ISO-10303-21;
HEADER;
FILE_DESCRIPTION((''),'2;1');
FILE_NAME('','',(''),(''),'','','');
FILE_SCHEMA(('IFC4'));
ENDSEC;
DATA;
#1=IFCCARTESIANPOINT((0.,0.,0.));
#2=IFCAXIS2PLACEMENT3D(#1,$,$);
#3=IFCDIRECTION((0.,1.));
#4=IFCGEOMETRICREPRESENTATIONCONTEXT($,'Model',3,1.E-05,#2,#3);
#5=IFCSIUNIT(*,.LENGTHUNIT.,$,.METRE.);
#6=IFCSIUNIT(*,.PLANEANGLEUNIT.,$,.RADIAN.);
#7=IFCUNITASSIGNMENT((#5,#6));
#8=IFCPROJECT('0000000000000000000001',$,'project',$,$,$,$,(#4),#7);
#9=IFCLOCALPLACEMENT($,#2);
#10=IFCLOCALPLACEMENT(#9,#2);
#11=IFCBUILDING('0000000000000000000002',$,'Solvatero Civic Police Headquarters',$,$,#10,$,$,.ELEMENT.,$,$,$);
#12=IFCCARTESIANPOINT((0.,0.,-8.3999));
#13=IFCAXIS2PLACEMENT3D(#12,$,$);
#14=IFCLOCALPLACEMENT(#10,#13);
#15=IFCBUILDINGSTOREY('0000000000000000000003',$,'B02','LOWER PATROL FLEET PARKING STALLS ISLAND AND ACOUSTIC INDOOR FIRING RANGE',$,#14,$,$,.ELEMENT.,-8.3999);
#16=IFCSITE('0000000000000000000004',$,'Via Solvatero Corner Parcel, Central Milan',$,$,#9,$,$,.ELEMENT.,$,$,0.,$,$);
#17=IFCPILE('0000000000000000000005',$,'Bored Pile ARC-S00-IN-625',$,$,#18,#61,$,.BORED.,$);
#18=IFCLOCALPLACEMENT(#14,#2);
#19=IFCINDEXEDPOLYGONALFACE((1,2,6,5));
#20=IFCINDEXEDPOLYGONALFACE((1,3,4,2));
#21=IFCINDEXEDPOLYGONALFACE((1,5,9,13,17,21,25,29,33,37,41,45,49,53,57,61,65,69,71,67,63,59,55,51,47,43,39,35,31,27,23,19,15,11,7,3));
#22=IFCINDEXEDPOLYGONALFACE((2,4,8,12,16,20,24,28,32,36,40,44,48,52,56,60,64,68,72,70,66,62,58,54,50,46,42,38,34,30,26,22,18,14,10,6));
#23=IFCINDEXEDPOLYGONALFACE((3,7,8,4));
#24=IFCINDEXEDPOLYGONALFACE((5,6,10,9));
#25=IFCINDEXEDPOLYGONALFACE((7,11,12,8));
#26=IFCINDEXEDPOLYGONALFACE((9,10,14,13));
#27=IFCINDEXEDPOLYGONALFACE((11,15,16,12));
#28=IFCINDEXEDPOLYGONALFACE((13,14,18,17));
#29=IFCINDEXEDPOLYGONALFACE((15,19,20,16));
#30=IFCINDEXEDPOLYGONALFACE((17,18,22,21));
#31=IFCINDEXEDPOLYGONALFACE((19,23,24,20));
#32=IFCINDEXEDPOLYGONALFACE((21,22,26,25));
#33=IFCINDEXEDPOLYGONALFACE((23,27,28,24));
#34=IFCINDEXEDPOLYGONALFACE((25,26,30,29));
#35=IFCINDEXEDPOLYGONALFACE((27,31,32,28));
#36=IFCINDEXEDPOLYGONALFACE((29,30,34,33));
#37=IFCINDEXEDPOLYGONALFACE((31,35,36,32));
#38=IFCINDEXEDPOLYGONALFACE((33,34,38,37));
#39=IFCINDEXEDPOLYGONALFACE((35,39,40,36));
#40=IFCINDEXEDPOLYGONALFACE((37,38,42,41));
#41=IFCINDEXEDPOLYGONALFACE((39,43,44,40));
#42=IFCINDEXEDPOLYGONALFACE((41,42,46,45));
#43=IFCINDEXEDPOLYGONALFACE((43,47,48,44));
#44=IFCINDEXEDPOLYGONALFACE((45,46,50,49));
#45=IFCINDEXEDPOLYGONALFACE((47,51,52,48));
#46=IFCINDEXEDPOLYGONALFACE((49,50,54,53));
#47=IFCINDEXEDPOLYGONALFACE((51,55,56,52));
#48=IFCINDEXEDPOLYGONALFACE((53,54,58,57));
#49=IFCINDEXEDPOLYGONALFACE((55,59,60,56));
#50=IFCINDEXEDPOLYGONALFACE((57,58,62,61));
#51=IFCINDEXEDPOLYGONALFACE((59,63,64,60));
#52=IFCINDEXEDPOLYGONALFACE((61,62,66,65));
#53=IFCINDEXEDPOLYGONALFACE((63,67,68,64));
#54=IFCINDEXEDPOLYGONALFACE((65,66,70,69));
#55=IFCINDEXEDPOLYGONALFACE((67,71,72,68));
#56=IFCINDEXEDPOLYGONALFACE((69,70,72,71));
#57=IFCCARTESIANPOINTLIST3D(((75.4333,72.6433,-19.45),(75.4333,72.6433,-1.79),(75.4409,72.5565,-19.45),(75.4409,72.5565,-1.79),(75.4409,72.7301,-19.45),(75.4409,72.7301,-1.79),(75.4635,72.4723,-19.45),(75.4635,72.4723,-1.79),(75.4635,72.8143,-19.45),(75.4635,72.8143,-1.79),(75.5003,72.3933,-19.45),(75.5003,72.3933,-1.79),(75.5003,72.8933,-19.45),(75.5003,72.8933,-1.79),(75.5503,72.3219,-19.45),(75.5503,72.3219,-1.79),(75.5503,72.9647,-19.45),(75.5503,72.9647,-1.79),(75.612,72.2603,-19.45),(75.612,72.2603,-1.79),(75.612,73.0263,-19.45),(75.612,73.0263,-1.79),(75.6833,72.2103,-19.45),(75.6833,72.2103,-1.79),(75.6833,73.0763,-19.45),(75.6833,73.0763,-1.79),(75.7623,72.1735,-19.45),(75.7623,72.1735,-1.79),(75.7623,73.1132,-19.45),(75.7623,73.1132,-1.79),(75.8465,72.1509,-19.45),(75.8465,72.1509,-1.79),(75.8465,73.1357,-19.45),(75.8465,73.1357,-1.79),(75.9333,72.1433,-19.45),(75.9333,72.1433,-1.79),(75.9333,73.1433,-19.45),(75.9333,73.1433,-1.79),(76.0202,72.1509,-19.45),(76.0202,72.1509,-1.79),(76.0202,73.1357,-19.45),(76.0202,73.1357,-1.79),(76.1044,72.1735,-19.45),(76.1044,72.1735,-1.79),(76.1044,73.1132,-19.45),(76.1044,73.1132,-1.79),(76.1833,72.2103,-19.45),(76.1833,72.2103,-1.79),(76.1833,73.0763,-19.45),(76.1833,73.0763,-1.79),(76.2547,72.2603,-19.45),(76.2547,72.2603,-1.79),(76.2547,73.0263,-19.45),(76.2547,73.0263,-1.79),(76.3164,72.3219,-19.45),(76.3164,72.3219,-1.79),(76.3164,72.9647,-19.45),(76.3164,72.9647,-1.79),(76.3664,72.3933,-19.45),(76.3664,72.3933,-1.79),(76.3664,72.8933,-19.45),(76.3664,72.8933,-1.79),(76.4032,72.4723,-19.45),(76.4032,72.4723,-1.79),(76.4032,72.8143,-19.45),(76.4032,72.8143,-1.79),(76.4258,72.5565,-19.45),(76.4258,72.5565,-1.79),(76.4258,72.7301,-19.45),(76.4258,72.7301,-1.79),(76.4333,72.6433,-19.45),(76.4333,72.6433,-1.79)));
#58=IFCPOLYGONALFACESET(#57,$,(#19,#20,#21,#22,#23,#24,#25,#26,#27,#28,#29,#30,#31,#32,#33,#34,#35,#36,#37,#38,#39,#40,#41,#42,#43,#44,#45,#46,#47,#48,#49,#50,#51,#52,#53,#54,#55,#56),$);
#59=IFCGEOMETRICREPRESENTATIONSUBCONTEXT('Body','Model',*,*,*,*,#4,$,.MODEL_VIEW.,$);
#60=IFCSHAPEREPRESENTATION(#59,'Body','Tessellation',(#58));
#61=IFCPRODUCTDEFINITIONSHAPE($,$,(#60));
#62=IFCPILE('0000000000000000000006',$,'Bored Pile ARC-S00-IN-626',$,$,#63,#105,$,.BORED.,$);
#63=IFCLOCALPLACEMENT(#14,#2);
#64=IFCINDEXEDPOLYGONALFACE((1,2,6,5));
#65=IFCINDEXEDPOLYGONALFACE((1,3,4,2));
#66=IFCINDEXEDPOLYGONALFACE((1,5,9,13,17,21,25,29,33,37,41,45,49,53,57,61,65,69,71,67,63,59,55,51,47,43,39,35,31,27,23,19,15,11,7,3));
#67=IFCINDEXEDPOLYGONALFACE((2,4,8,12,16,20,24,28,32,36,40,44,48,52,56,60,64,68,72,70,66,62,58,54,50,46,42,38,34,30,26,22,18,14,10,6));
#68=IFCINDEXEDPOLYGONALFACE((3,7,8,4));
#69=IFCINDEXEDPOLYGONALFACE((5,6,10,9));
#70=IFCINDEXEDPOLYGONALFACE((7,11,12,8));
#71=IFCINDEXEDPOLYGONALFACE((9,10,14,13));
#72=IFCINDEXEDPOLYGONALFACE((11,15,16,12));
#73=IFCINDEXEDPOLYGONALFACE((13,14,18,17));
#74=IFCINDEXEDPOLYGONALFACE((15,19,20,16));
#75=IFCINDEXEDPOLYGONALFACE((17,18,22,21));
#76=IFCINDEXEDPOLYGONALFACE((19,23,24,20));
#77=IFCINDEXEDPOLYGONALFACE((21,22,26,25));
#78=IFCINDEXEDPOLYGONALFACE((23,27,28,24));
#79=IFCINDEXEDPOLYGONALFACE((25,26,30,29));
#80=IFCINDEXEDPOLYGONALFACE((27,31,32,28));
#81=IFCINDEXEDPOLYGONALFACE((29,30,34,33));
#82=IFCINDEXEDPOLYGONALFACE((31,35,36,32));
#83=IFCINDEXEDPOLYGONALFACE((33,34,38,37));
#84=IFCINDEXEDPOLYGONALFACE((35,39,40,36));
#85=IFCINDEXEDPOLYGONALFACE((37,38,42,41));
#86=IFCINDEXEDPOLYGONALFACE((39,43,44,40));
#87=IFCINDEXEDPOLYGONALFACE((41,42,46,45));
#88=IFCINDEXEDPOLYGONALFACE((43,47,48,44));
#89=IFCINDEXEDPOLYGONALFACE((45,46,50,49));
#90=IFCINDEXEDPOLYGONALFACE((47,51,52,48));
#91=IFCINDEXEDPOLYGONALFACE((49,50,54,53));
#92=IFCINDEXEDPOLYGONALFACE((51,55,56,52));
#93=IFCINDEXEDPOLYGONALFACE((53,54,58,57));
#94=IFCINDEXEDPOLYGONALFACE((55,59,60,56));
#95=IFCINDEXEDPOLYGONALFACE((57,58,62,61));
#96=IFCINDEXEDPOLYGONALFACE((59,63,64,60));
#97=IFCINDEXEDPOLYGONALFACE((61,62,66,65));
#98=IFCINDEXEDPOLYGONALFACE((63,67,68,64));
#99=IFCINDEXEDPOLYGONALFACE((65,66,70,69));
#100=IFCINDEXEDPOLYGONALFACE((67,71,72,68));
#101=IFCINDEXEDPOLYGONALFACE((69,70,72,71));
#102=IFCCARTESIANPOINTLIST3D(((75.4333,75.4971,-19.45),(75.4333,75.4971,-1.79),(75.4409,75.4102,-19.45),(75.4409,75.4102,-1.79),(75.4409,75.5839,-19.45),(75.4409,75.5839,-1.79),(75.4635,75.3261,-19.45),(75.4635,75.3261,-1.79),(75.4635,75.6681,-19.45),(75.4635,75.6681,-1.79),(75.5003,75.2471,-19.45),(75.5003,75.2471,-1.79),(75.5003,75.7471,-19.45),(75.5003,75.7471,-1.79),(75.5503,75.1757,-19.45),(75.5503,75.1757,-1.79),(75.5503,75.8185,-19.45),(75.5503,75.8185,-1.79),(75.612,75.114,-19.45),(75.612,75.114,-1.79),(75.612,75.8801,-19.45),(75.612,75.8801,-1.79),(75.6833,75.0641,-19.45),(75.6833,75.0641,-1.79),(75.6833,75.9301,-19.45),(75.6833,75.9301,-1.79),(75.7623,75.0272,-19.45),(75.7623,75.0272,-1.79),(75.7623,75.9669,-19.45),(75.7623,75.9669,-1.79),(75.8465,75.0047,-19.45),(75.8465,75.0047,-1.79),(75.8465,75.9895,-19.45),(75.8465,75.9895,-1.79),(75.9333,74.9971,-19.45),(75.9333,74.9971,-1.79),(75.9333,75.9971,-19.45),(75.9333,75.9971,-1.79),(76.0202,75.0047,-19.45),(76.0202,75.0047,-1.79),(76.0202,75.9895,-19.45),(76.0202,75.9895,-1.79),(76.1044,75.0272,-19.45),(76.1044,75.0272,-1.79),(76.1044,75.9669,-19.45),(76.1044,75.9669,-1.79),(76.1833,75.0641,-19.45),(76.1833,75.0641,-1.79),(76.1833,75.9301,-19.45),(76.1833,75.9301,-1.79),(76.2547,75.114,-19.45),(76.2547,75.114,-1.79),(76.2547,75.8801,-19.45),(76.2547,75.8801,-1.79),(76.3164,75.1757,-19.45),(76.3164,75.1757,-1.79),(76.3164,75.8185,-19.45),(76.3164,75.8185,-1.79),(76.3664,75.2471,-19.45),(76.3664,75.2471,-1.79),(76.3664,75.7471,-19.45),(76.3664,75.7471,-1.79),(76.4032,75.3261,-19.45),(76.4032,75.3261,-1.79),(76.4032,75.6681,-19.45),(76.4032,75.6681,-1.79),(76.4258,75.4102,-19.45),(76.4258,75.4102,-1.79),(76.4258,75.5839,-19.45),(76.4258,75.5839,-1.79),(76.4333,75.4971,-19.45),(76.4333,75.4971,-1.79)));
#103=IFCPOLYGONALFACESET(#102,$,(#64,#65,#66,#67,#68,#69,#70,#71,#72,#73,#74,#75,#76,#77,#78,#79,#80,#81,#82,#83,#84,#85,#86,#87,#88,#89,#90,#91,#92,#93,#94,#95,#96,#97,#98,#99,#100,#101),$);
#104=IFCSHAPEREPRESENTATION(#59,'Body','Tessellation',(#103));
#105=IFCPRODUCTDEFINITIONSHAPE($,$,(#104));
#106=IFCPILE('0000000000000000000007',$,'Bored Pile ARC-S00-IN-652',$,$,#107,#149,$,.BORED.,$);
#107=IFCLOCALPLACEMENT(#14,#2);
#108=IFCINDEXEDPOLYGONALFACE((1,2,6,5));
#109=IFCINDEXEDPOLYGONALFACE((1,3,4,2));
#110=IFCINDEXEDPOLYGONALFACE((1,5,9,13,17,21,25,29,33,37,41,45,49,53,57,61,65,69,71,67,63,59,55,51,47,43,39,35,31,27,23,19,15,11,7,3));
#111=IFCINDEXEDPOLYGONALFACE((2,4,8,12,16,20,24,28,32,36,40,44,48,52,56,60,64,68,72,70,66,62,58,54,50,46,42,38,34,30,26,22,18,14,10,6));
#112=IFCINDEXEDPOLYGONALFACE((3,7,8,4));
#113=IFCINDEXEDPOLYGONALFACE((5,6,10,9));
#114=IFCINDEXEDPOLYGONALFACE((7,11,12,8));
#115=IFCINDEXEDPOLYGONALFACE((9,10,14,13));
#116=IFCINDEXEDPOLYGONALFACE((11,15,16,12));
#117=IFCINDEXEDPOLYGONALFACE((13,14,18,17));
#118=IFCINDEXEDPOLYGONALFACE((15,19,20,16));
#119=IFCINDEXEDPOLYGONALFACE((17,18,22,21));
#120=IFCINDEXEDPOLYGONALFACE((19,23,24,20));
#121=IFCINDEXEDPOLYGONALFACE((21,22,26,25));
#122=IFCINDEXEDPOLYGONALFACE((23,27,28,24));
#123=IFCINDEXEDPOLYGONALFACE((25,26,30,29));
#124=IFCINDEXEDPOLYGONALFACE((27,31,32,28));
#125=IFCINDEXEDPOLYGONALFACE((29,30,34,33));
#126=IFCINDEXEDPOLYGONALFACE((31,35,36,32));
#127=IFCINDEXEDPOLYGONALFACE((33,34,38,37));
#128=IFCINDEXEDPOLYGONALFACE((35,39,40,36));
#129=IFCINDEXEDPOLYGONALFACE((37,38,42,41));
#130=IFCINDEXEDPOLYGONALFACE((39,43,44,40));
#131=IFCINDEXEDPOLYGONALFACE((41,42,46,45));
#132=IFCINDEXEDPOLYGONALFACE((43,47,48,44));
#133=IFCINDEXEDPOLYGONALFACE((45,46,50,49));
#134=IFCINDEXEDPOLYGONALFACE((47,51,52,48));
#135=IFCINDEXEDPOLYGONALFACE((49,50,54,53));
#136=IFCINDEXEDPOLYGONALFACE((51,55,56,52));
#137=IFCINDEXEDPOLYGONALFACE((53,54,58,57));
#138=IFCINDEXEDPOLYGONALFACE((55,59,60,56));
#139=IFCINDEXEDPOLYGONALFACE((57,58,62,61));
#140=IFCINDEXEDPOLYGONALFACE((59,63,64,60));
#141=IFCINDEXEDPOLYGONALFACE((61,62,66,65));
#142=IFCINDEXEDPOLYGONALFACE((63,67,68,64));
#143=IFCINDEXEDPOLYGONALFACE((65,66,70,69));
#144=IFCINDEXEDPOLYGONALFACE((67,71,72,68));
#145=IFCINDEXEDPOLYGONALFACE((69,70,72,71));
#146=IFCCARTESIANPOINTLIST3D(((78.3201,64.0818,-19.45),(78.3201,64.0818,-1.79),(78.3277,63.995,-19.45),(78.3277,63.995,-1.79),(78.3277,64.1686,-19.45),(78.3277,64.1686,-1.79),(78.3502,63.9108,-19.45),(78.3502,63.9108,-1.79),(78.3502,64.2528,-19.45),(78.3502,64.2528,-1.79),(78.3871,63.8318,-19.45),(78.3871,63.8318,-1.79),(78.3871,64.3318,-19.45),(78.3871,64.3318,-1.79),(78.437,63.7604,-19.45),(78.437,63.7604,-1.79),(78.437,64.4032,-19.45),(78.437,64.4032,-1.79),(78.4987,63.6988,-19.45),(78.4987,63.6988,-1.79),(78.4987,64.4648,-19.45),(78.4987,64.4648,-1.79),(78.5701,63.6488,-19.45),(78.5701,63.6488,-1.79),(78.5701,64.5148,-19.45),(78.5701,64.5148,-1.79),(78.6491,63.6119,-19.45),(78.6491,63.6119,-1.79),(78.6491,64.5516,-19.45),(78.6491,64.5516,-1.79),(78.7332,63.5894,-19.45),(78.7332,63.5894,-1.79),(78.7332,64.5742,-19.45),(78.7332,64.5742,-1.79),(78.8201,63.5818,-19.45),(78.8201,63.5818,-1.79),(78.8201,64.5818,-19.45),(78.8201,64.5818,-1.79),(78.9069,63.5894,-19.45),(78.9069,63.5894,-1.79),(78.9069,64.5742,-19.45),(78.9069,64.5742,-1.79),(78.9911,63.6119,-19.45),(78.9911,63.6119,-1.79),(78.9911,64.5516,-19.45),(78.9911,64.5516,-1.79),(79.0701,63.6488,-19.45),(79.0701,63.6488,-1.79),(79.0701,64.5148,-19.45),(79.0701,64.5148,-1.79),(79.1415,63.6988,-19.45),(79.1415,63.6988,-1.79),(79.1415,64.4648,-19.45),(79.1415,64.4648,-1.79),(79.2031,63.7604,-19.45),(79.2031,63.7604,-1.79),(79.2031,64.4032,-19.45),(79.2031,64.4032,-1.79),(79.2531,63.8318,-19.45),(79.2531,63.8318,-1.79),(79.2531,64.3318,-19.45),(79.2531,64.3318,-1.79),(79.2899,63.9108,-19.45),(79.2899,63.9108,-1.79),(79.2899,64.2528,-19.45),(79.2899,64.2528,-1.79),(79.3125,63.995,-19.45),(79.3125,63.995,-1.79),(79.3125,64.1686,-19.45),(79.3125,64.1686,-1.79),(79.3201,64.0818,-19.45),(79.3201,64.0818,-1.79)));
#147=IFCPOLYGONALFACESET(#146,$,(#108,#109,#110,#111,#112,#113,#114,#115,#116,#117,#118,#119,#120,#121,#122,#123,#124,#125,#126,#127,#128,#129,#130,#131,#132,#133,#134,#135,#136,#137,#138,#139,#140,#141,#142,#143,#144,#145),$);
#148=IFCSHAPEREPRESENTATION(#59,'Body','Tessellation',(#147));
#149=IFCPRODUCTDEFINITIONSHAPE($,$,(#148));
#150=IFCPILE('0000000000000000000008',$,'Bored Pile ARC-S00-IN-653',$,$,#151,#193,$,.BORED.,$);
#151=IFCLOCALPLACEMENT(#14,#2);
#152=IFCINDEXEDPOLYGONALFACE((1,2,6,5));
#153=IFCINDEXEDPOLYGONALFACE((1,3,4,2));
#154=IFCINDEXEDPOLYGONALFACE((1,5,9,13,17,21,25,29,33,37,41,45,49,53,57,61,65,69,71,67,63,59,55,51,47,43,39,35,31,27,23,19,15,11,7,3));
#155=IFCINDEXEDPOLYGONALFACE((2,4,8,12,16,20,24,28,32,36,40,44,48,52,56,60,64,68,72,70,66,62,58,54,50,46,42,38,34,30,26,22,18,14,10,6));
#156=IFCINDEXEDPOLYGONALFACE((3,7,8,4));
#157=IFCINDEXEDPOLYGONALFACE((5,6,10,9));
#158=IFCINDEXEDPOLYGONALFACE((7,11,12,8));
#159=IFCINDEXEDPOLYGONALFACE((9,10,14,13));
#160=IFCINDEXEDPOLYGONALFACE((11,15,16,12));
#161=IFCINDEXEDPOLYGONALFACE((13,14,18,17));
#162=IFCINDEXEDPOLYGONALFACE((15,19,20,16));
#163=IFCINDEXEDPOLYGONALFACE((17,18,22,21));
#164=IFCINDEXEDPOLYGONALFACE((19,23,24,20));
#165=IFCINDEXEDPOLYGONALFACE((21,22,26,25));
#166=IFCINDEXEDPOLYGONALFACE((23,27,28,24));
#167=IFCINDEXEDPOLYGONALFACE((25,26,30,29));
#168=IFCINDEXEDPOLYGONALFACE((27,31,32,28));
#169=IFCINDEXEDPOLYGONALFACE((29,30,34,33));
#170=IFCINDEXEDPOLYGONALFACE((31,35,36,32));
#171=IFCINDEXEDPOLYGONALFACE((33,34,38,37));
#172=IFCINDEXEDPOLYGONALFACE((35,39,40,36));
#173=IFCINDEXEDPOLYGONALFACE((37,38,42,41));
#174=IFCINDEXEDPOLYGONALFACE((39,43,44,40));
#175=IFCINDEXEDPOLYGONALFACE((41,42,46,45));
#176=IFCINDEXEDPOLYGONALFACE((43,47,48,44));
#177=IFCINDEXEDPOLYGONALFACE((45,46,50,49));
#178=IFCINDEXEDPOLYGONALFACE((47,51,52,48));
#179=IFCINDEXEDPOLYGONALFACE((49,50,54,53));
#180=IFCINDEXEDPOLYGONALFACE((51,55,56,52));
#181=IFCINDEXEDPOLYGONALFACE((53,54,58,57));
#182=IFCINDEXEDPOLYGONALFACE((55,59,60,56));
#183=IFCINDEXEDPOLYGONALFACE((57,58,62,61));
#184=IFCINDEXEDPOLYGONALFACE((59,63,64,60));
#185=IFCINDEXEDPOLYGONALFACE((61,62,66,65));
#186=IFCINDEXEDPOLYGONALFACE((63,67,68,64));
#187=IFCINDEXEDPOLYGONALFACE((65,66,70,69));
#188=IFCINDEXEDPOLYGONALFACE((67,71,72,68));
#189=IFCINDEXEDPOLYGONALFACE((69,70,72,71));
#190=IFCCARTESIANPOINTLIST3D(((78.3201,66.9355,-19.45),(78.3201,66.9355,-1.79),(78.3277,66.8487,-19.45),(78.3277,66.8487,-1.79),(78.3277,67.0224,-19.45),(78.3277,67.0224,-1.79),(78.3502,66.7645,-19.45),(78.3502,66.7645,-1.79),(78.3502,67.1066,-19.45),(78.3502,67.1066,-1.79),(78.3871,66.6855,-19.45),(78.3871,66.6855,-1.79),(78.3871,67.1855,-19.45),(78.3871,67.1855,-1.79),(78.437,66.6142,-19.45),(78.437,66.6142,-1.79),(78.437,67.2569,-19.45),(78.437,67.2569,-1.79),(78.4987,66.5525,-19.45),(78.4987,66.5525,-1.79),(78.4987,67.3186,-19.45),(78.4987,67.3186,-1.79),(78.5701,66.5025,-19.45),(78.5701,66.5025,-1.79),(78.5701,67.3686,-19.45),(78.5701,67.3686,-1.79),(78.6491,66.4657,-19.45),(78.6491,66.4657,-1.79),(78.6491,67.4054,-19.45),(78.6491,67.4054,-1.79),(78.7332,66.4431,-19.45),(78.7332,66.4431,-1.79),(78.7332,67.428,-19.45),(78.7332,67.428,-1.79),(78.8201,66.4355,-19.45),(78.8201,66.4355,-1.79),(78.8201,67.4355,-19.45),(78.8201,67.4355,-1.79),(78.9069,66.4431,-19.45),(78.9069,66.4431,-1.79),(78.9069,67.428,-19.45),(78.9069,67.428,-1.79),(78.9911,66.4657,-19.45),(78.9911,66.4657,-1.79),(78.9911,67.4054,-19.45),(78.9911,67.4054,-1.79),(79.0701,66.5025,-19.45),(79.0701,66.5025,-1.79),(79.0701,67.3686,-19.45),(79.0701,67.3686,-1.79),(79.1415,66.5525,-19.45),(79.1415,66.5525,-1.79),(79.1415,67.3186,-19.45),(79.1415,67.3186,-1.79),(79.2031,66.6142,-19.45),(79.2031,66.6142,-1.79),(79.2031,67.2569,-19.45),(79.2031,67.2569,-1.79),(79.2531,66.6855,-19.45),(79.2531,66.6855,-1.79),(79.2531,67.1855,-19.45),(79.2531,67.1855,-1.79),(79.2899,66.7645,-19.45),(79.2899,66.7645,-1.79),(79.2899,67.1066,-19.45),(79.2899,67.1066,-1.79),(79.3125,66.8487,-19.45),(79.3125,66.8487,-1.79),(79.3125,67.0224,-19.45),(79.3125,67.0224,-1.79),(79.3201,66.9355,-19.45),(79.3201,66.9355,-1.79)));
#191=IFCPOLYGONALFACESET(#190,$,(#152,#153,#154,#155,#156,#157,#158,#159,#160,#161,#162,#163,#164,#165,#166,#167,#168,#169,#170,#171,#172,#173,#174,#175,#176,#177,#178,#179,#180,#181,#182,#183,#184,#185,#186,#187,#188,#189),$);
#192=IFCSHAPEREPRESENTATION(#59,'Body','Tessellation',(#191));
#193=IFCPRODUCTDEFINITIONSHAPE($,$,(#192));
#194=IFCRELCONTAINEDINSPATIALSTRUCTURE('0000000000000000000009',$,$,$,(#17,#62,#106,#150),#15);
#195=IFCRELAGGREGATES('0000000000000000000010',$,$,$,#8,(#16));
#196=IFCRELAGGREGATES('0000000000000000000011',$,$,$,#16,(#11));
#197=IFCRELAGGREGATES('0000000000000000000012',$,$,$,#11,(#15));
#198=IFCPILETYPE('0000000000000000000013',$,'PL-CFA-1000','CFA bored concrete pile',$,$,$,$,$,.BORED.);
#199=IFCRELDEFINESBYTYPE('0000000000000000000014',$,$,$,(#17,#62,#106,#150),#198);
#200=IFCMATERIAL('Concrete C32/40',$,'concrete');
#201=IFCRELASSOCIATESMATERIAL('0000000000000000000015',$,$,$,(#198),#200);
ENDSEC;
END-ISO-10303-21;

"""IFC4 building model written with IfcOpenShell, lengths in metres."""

from ifc_helpers import new_model, si_unit, direction, frame, origin, origin_2d, place, context, subcontext, project, spatial, circle, extrude, material, material_profile, profile_set, type_object, element, save


model = new_model("IFC4")

# Units and contexts
model_context = context("Model", 3, precision=1e-05, world=origin(), true_north=direction((0.0, 1.0)))
body_context = subcontext(model_context, "Body", "Model", "MODEL_VIEW")
ifc_project = project(units=[si_unit("LENGTHUNIT", "METRE"), si_unit("PLANEANGLEUNIT", "RADIAN")], contexts=[model_context])

# Site, building, storey
site_placement = place(None, origin())
site = spatial("IfcSite", under=ifc_project, at=site_placement, Name="Via Solvatero Corner Parcel, Central Milan", CompositionType="ELEMENT", RefElevation=0.0)
building_placement = place(site_placement, origin())
building = spatial("IfcBuilding", under=site, at=building_placement, Name="Solvatero Civic Police Headquarters", CompositionType="ELEMENT")
storey_placement = place(building_placement, frame((0.0, 0.0, -8.3999)))
storey = spatial("IfcBuildingStorey", under=building, at=storey_placement, Name="B02", Description="LOWER PATROL FLEET PARKING STALLS ISLAND AND ACOUSTIC INDOOR FIRING RANGE", CompositionType="ELEMENT", Elevation=-8.3999)

# Piles
ifc_material_1 = material(Name="Concrete C32/40", Category="concrete")
ifc_material_profile_1 = material_profile(ifc_material_1, circle(Radius=0.5, at=origin_2d()), Name="CFA PILE D1000")
ifc_profile_set_1 = profile_set([ifc_material_profile_1], Name="Concrete C32/40")
pile_type = type_object("IfcPileType", Name="PL-CFA-1000", Description="CFA bored concrete pile", PredefinedType="BORED", material=ifc_profile_set_1)
for number, where, z_axis, x_axis, name in (
    (1, (75.9333, 72.6433, -1.79), (0.0, 0.0, -1.0), (1.0, 0.0, 0.0), "Bored Pile ARC-S00-IN-625"),
    (2, (75.9333, 75.4971, -1.79), (0.0, 0.0, -1.0), (1.0, 0.0, 0.0), "Bored Pile ARC-S00-IN-626"),
    (3, (78.8201, 64.0818, -1.79), (0.0, 0.0, -1.0), (1.0, 0.0, 0.0), "Bored Pile ARC-S00-IN-652"),
    (4, (78.8201, 66.9355, -1.79), (0.0, 0.0, -1.0), (1.0, 0.0, 0.0), "Bored Pile ARC-S00-IN-653"),
):
    element("IfcPile", number, at=place(storey_placement, frame(where, z_axis=z_axis, x_axis=x_axis)), inside=storey, type_object=pile_type, Name=name, PredefinedType="BORED", context=body_context, shape_type="SweptSolid", body=[
        extrude(circle(Radius=0.5, at=origin_2d()), origin(), (0.0, 0.0, 1.0), 17.6599),
    ])

save(model, "model.ifc")
